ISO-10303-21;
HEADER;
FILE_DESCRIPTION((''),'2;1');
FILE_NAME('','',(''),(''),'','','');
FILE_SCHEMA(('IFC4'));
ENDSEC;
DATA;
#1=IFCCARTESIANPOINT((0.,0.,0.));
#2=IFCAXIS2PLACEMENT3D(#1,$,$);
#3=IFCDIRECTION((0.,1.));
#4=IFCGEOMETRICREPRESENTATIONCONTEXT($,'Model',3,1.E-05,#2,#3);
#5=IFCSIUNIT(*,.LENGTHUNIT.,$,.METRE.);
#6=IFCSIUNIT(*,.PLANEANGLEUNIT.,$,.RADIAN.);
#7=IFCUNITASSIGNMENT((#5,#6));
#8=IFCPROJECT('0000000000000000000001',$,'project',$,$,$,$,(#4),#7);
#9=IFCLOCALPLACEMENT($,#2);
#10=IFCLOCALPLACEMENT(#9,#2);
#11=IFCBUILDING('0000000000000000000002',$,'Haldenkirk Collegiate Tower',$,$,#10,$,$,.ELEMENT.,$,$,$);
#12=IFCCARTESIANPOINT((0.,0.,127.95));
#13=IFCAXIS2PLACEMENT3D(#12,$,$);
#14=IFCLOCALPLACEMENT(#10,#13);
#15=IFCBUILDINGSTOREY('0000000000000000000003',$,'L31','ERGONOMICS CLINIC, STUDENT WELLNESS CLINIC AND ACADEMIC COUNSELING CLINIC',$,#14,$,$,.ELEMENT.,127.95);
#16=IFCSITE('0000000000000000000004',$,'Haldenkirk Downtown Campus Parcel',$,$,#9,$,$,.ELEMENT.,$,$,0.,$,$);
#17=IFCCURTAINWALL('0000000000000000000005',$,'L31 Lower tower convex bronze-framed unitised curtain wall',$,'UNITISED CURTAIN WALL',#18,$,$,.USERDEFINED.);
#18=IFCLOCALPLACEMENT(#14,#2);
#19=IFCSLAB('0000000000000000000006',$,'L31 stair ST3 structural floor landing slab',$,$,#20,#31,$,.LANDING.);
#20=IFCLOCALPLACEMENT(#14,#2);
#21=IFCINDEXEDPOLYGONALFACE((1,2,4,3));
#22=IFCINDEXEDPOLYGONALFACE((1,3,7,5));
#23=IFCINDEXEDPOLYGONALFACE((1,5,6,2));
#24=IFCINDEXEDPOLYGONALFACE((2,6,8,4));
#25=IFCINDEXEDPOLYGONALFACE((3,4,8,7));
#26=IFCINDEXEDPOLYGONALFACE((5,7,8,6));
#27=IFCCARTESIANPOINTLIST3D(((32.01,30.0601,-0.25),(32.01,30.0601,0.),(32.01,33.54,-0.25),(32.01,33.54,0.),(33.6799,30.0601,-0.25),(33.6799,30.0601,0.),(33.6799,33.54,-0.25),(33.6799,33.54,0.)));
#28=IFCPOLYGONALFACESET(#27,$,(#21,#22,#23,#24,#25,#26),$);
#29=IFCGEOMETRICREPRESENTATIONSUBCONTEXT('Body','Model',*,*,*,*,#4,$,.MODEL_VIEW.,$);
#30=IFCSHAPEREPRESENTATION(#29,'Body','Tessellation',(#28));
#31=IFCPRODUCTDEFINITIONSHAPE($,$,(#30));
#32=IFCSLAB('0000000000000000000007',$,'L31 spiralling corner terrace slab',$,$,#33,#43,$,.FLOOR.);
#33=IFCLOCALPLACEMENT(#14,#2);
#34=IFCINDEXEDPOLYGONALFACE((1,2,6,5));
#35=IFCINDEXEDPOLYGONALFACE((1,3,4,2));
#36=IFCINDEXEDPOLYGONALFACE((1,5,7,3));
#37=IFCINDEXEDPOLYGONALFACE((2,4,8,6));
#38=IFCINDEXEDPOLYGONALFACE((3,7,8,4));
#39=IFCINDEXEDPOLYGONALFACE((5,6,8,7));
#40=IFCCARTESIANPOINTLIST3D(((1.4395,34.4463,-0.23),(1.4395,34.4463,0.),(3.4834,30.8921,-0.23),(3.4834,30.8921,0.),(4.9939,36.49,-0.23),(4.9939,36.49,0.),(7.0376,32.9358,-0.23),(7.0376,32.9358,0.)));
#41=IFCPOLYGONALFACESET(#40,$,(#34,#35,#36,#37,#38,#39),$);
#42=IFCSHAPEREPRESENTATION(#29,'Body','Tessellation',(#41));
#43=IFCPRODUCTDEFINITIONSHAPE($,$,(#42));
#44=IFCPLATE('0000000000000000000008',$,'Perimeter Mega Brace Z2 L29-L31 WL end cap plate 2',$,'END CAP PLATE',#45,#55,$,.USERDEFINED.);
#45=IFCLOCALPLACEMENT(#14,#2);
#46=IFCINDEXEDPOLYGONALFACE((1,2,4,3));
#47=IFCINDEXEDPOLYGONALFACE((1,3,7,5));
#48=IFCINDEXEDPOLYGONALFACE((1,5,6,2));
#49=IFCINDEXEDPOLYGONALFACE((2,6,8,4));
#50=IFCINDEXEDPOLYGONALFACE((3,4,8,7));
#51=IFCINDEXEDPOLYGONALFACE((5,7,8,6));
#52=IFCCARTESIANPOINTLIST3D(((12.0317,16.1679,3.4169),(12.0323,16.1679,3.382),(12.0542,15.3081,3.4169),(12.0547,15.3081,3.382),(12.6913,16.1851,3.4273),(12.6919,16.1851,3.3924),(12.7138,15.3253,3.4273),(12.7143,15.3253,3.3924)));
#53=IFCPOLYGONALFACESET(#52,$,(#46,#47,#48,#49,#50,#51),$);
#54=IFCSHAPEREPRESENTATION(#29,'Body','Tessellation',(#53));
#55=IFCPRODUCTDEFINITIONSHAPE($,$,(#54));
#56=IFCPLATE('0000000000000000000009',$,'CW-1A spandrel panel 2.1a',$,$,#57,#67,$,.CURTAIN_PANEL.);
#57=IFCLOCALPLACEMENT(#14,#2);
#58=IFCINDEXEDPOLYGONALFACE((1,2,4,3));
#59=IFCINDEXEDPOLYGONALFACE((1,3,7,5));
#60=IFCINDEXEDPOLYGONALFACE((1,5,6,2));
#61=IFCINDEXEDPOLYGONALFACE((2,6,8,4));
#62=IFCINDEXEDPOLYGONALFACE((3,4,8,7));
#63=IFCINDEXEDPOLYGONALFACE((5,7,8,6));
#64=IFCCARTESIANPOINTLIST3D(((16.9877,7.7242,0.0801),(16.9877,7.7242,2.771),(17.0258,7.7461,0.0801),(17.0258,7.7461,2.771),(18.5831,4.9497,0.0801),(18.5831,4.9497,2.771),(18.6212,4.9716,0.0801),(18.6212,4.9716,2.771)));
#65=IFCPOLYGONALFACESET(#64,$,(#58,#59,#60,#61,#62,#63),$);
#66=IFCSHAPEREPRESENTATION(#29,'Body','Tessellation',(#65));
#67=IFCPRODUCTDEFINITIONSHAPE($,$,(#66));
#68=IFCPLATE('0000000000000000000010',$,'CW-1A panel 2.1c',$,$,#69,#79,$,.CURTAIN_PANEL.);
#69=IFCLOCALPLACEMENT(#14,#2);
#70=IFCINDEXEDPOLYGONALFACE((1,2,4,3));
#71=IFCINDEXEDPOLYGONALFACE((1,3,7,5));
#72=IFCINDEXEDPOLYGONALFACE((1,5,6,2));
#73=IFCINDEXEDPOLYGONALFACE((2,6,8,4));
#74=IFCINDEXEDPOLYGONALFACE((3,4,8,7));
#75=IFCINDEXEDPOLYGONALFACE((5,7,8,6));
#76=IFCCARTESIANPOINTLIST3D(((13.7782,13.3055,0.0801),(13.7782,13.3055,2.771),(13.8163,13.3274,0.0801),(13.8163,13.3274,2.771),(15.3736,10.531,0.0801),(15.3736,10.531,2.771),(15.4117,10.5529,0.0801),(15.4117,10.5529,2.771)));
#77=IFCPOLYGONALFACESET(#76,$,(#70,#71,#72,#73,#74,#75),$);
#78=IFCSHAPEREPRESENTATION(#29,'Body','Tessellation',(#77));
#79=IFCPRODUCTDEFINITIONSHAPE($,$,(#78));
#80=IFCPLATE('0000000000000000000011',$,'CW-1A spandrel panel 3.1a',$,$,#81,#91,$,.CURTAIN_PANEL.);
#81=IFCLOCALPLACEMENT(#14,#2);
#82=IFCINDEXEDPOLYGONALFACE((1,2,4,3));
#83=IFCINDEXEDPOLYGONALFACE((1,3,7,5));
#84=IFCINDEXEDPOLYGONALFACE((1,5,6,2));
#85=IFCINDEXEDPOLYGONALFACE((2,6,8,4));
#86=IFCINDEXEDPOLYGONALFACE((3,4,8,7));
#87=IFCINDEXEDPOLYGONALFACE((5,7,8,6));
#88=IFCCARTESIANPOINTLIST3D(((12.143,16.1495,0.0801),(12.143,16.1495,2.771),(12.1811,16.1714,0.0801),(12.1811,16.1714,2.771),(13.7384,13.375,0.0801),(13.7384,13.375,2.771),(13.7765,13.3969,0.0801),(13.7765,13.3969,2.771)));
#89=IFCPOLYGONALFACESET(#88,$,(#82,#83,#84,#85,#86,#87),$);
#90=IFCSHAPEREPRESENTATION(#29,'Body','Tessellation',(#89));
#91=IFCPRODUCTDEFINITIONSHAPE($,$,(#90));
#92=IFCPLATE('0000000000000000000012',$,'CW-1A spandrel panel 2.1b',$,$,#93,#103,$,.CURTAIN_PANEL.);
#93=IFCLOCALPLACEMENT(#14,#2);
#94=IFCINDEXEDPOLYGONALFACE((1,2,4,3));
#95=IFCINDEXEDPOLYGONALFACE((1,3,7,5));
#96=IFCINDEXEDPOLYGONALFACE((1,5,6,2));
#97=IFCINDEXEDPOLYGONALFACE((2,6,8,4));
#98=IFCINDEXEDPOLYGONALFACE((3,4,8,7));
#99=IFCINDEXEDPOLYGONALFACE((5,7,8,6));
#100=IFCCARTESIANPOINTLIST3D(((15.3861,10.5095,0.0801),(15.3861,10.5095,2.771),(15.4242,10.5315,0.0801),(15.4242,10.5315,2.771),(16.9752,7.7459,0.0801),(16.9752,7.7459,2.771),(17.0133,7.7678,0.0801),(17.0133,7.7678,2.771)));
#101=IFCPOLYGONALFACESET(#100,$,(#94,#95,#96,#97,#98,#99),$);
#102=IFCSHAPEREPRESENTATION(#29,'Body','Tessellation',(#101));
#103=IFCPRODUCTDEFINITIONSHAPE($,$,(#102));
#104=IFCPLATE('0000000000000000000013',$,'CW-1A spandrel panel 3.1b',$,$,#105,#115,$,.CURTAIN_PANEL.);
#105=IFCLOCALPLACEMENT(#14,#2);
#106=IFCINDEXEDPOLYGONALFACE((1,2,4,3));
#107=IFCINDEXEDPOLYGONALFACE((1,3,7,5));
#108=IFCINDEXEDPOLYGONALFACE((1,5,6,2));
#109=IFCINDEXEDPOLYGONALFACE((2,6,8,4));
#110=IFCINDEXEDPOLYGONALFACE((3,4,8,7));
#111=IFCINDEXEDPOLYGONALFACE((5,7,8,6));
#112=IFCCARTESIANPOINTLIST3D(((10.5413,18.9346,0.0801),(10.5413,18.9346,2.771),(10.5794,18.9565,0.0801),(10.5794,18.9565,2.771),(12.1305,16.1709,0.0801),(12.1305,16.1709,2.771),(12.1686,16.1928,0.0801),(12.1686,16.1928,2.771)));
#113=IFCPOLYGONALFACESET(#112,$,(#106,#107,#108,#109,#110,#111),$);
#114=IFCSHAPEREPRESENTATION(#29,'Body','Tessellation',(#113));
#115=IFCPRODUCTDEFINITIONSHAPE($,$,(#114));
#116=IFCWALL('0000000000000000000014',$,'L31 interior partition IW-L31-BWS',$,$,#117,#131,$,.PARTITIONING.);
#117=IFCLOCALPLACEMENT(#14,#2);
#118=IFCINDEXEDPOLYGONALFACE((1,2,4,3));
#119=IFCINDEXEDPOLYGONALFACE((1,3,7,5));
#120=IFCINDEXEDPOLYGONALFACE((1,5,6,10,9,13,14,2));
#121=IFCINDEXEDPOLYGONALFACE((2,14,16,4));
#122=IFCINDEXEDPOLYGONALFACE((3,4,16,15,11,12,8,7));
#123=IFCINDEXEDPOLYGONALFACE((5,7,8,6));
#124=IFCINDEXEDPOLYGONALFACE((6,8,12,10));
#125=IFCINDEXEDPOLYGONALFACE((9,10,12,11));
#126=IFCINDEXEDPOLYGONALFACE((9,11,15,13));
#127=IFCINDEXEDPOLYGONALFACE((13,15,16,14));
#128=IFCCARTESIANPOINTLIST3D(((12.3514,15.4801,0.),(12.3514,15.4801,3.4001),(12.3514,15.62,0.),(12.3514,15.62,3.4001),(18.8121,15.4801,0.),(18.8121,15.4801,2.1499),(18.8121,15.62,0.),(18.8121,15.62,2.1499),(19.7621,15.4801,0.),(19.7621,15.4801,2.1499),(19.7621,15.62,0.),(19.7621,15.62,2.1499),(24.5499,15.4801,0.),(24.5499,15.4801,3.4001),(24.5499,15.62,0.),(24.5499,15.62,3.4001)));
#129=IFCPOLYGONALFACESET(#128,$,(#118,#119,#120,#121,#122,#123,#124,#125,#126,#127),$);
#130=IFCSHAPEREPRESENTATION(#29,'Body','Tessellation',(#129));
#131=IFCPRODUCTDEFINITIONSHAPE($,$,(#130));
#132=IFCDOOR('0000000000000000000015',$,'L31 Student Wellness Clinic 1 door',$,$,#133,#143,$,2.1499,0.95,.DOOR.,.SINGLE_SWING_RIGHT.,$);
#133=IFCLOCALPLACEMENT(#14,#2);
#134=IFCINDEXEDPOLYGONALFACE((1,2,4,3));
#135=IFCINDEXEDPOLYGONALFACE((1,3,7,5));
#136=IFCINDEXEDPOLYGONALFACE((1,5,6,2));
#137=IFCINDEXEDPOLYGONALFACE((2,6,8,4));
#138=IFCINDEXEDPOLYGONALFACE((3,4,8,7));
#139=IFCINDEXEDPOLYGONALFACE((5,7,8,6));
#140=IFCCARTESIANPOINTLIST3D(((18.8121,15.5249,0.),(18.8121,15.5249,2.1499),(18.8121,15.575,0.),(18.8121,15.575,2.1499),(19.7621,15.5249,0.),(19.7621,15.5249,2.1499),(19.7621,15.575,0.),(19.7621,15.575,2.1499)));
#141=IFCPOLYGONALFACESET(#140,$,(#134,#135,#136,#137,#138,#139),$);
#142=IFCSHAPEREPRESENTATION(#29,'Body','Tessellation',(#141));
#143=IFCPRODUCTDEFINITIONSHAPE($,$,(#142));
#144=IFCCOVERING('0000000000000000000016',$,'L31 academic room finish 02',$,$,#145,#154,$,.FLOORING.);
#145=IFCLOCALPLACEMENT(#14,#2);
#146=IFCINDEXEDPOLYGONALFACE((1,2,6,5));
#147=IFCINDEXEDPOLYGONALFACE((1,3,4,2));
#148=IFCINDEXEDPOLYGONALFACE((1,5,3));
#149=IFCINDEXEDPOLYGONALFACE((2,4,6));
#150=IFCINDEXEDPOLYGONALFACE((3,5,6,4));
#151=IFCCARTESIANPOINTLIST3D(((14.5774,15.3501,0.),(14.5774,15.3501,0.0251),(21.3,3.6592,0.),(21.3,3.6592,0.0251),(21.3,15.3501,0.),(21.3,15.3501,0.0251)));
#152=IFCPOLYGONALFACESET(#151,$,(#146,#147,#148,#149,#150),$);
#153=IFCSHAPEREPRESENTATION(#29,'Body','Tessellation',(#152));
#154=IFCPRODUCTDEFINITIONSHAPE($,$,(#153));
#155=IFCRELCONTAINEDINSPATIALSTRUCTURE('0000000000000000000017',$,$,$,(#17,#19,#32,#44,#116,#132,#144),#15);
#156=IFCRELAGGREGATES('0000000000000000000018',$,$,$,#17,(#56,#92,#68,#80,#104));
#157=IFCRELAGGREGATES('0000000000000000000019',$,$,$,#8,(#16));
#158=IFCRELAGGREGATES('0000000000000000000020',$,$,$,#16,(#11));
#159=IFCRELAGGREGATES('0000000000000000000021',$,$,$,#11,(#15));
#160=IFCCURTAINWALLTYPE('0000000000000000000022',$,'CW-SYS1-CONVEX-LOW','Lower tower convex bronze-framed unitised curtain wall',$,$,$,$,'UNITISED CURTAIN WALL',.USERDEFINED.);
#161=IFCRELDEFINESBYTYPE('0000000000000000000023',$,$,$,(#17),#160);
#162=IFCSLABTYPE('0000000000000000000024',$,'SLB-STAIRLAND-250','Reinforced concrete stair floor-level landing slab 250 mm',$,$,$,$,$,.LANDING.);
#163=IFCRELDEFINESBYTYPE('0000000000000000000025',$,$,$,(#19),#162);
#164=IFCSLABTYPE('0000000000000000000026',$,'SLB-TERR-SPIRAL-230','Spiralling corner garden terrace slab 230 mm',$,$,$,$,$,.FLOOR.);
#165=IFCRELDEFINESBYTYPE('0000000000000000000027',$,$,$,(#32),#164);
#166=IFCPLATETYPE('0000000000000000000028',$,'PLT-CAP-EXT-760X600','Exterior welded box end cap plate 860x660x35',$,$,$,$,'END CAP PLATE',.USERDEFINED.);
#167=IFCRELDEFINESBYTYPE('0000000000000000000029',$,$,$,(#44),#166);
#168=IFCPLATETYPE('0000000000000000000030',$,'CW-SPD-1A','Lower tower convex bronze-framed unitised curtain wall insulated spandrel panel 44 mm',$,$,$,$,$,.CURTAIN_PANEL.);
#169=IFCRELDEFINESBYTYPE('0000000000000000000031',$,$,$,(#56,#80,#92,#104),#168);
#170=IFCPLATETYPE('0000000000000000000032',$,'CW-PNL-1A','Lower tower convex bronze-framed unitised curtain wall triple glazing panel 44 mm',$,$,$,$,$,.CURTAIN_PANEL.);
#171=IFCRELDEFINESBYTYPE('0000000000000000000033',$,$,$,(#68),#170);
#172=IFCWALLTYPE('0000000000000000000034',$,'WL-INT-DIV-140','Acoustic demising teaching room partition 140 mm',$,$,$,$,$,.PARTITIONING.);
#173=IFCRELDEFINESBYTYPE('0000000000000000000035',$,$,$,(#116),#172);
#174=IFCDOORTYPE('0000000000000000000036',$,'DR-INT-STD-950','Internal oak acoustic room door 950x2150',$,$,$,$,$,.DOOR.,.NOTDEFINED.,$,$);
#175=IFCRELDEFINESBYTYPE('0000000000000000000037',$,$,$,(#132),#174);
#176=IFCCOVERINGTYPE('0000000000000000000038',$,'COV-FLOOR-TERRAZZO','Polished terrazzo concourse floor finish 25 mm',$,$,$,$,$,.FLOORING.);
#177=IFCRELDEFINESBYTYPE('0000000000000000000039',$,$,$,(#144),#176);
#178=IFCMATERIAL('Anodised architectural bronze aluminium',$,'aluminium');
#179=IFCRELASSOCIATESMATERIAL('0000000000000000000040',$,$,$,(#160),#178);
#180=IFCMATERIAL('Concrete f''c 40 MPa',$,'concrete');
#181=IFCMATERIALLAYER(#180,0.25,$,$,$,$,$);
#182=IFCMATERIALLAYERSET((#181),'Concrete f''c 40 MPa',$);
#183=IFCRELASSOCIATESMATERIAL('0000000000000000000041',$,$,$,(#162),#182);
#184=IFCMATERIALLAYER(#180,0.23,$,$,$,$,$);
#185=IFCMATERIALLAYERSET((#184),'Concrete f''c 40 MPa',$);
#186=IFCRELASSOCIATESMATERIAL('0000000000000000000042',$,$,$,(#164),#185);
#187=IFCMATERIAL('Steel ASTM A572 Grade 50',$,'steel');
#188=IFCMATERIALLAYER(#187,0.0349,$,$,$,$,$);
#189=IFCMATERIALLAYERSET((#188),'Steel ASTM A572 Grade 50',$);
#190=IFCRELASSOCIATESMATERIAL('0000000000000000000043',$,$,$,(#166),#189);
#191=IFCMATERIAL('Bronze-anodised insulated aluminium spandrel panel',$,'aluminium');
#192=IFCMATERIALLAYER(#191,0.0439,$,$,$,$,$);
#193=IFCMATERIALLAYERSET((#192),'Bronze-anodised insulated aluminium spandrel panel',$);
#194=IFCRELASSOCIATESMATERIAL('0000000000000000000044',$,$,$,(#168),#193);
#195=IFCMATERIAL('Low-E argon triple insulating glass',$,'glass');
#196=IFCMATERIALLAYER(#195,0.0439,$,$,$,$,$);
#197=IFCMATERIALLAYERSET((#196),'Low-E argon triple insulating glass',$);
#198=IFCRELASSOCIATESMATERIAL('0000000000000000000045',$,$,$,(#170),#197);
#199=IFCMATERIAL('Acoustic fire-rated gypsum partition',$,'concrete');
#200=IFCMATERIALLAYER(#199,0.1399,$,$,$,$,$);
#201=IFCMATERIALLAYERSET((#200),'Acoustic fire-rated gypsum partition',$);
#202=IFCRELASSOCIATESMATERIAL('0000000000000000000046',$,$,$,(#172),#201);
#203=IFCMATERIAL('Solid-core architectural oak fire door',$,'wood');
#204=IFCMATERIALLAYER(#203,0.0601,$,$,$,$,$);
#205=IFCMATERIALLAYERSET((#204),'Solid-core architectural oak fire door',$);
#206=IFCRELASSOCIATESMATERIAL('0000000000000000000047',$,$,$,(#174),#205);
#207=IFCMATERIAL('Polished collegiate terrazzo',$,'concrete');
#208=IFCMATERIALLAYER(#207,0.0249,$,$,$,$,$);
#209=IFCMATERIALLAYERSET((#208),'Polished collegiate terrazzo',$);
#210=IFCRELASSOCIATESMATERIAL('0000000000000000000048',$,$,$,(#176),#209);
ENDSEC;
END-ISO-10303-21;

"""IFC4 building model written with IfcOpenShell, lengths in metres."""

from ifc_helpers import new_model, si_unit, direction, frame, frame_2d, origin, origin_2d, place, context, subcontext, project, spatial, polyline, rectangle, outline, extrude, source, transform, mapped, material, layer, layer_set, type_object, element, fill, aggregate, save


model = new_model("IFC4")

# Units and contexts
model_context = context("Model", 3, precision=1e-05, world=origin(), true_north=direction((0.0, 1.0)))
body_context = subcontext(model_context, "Body", "Model", "MODEL_VIEW")
ifc_project = project(units=[si_unit("LENGTHUNIT", "METRE"), si_unit("PLANEANGLEUNIT", "RADIAN")], contexts=[model_context])

# Site, building, storey
site_placement = place(None, origin())
site = spatial("IfcSite", under=ifc_project, at=site_placement, Name="Haldenkirk Downtown Campus Parcel", CompositionType="ELEMENT", RefElevation=0.0)
building_placement = place(site_placement, origin())
building = spatial("IfcBuilding", under=site, at=building_placement, Name="Haldenkirk Collegiate Tower", CompositionType="ELEMENT")
storey_placement = place(building_placement, frame((0.0, 0.0, 127.95)))
storey = spatial("IfcBuildingStorey", under=building, at=storey_placement, Name="L31", Description="ERGONOMICS CLINIC, STUDENT WELLNESS CLINIC AND ACADEMIC COUNSELING CLINIC", CompositionType="ELEMENT", Elevation=127.95)

# Curtain wall
ifc_material_1 = material(Name="Anodised architectural bronze aluminium", Category="aluminium")
curtain_wall_type = type_object("IfcCurtainWallType", Name="CW-SYS1-CONVEX-LOW", Description="Lower tower convex bronze-framed unitised curtain wall", ElementType="UNITISED CURTAIN WALL", PredefinedType="USERDEFINED", material=ifc_material_1)
curtain_wall_placement = place(storey_placement, origin())
curtain_wall = element("IfcCurtainWall", 1, at=curtain_wall_placement, inside=storey, type_object=curtain_wall_type, Name="L31 Lower tower convex bronze-framed unitised curtain wall", ObjectType="UNITISED CURTAIN WALL", PredefinedType="USERDEFINED")

# Shared definitions
ifc_material_2 = material(Name="Concrete f'c 40 MPa", Category="concrete")

# Slabs
ifc_layer_1 = layer(ifc_material_2, 0.25)
ifc_layer_set_1 = layer_set([ifc_layer_1], Name="Concrete f'c 40 MPa")
slab_type_1 = type_object("IfcSlabType", Name="SLB-STAIRLAND-250", Description="Reinforced concrete stair floor-level landing slab 250 mm", PredefinedType="LANDING", material=ifc_layer_set_1)
slab_1_placement = place(storey_placement, frame((0.0, 0.0, -0.25)))
element("IfcSlab", 2, at=slab_1_placement, inside=storey, type_object=slab_type_1, Name="L31 stair ST3 structural floor landing slab", PredefinedType="LANDING", context=body_context, shape_type="SweptSolid", body=[
    extrude(outline(polyline([(32.01, 30.0601), (33.6799, 30.0601), (33.6799, 33.54), (32.01, 33.54), (32.01, 30.0601)])), origin(), (0.0, 0.0, 1.0), 0.25),
])
ifc_layer_2 = layer(ifc_material_2, 0.23)
ifc_layer_set_2 = layer_set([ifc_layer_2], Name="Concrete f'c 40 MPa")
slab_type_2 = type_object("IfcSlabType", Name="SLB-TERR-SPIRAL-230", Description="Spiralling corner garden terrace slab 230 mm", PredefinedType="FLOOR", material=ifc_layer_set_2)
slab_2_placement = place(storey_placement, frame((0.0, 0.0, -0.23)))
element("IfcSlab", 3, at=slab_2_placement, inside=storey, type_object=slab_type_2, Name="L31 spiralling corner terrace slab", PredefinedType="FLOOR", context=body_context, shape_type="SweptSolid", body=[
    extrude(outline(polyline([(3.4834, 30.8921), (7.0376, 32.9358), (4.9939, 36.49), (1.4395, 34.4463), (3.4834, 30.8921)])), origin(), (0.0, 0.0, 1.0), 0.23),
])

# Plates
ifc_material_3 = material(Name="Steel ASTM A572 Grade 50", Category="steel")
ifc_layer_3 = layer(ifc_material_3, 0.0349)
ifc_layer_set_3 = layer_set([ifc_layer_3], Name="Steel ASTM A572 Grade 50")
plate_type_1 = type_object("IfcPlateType", Name="PLT-CAP-EXT-760X600", Description="Exterior welded box end cap plate 860x660x35", ElementType="END CAP PLATE", PredefinedType="USERDEFINED", material=ifc_layer_set_3)
shared_shape_1 = source(origin(), body_context, "Body", "SweptSolid", [
    extrude(rectangle(XDim=0.8601, YDim=0.6599, at=origin_2d()), origin(), (0.0, 0.0, 1.0), 0.0349),
])
plate_1_placement = place(storey_placement, frame((12.3733, 15.7466, 3.3872), z_axis=(-0.015739, -0.000411, 0.999876), x_axis=(0.026083, -0.99966, 0.0)))
element("IfcPlate", 4, at=plate_1_placement, inside=storey, type_object=plate_type_1, Name="Perimeter Mega Brace Z2 L29-L31 WL end cap plate 2", ObjectType="END CAP PLATE", PredefinedType="USERDEFINED", context=body_context, shape_type="MappedRepresentation", body=[
    mapped(shared_shape_1, transform((0.0, 0.0, 0.0), x_axis=(1.0, 0.0, 0.0), y_axis=(0.0, 1.0, 0.0), z_axis=(0.0, 0.0, 1.0), scale=1.0)),
])
ifc_material_4 = material(Name="Bronze-anodised insulated aluminium spandrel panel", Category="aluminium")
ifc_layer_4 = layer(ifc_material_4, 0.0439)
ifc_layer_set_4 = layer_set([ifc_layer_4], Name="Bronze-anodised insulated aluminium spandrel panel")
plate_type_2 = type_object("IfcPlateType", Name="CW-SPD-1A", Description="Lower tower convex bronze-framed unitised curtain wall insulated spandrel panel 44 mm", PredefinedType="CURTAIN_PANEL", material=ifc_layer_set_4)
shared_shape_2 = source(origin(), body_context, "Body", "SweptSolid", [
    extrude(rectangle(XDim=3.2004, YDim=0.0439, at=origin_2d()), origin(), (0.0, 0.0, 1.0), 2.6909),
])
plate_2_placement = place(storey_placement, frame((17.8044, 6.3479, 0.0801), z_axis=(0.0, 0.0, 1.0), x_axis=(-0.49849, 0.866896, 0.0)))
plate_2 = element("IfcPlate", 5, at=plate_2_placement, type_object=plate_type_2, Name="CW-1A spandrel panel 2.1a", PredefinedType="CURTAIN_PANEL", context=body_context, shape_type="MappedRepresentation", body=[
    mapped(shared_shape_2, transform((0.0, 0.0, 0.0), x_axis=(1.0, 0.0, 0.0), y_axis=(0.0, 1.0, 0.0), z_axis=(0.0, 0.0, 1.0), scale=1.0)),
])
ifc_material_5 = material(Name="Low-E argon triple insulating glass", Category="glass")
ifc_layer_5 = layer(ifc_material_5, 0.0439)
ifc_layer_set_5 = layer_set([ifc_layer_5], Name="Low-E argon triple insulating glass")
plate_type_3 = type_object("IfcPlateType", Name="CW-PNL-1A", Description="Lower tower convex bronze-framed unitised curtain wall triple glazing panel 44 mm", PredefinedType="CURTAIN_PANEL", material=ifc_layer_set_5)
plate_3_placement = place(storey_placement, frame((14.595, 11.9292, 0.0801), z_axis=(0.0, 0.0, 1.0), x_axis=(-0.49849, 0.866896, 0.0)))
plate_3 = element("IfcPlate", 6, at=plate_3_placement, type_object=plate_type_3, Name="CW-1A panel 2.1c", PredefinedType="CURTAIN_PANEL", context=body_context, shape_type="MappedRepresentation", body=[
    mapped(shared_shape_2, transform((0.0, 0.0, 0.0), x_axis=(1.0, 0.0, 0.0), y_axis=(0.0, 1.0, 0.0), z_axis=(0.0, 0.0, 1.0), scale=1.0)),
])
plate_4_placement = place(storey_placement, frame((12.9597, 14.7732, 0.0801), z_axis=(0.0, 0.0, 1.0), x_axis=(-0.49849, 0.866896, 0.0)))
plate_4 = element("IfcPlate", 7, at=plate_4_placement, type_object=plate_type_2, Name="CW-1A spandrel panel 3.1a", PredefinedType="CURTAIN_PANEL", context=body_context, shape_type="MappedRepresentation", body=[
    mapped(shared_shape_2, transform((0.0, 0.0, 0.0), x_axis=(1.0, 0.0, 0.0), y_axis=(0.0, 1.0, 0.0), z_axis=(0.0, 0.0, 1.0), scale=1.0)),
])
shared_shape_3 = source(origin(), body_context, "Body", "SweptSolid", [
    extrude(rectangle(XDim=3.188, YDim=0.0439, at=origin_2d()), origin(), (0.0, 0.0, 1.0), 2.6909),
])
plate_5_placement = place(storey_placement, frame((16.1997, 9.1387, 0.0801), z_axis=(0.0, 0.0, 1.0), x_axis=(-0.49849, 0.866896, 0.0)))
plate_5 = element("IfcPlate", 8, at=plate_5_placement, type_object=plate_type_2, Name="CW-1A spandrel panel 2.1b", PredefinedType="CURTAIN_PANEL", context=body_context, shape_type="MappedRepresentation", body=[
    mapped(shared_shape_3, transform((0.0, 0.0, 0.0), x_axis=(1.0, 0.0, 0.0), y_axis=(0.0, 1.0, 0.0), z_axis=(0.0, 0.0, 1.0), scale=1.0)),
])
plate_6_placement = place(storey_placement, frame((11.355, 17.5637, 0.0801), z_axis=(0.0, 0.0, 1.0), x_axis=(-0.49849, 0.866896, 0.0)))
plate_6 = element("IfcPlate", 9, at=plate_6_placement, type_object=plate_type_2, Name="CW-1A spandrel panel 3.1b", PredefinedType="CURTAIN_PANEL", context=body_context, shape_type="MappedRepresentation", body=[
    mapped(shared_shape_3, transform((0.0, 0.0, 0.0), x_axis=(1.0, 0.0, 0.0), y_axis=(0.0, 1.0, 0.0), z_axis=(0.0, 0.0, 1.0), scale=1.0)),
])
aggregate(curtain_wall, [plate_2, plate_5, plate_3, plate_4, plate_6])

# Wall, opening, door
ifc_material_6 = material(Name="Acoustic fire-rated gypsum partition", Category="concrete")
ifc_layer_6 = layer(ifc_material_6, 0.1399)
ifc_layer_set_6 = layer_set([ifc_layer_6], Name="Acoustic fire-rated gypsum partition")
wall_type = type_object("IfcWallType", Name="WL-INT-DIV-140", Description="Acoustic demising teaching room partition 140 mm", PredefinedType="PARTITIONING", material=ifc_layer_set_6)
wall_placement = place(storey_placement, frame((12.3516, 15.55, 0.0), z_axis=(0.0, 0.0, 1.0), x_axis=(1.0, 0.0, 0.0)))
wall = element("IfcWall", 10, at=wall_placement, inside=storey, type_object=wall_type, Name="L31 interior partition IW-L31-BWS", PredefinedType="PARTITIONING", context=body_context, shape_type="SweptSolid", body=[
    extrude(rectangle(XDim=12.1985, YDim=0.1399, at=frame_2d((6.0991, 0.0))), origin(), (0.0, 0.0, 1.0), 3.4001),
])
opening_placement = place(wall_placement, frame((6.4604, 0.0, 0.0)))
opening = element("IfcOpeningElement", 11, at=opening_placement, cuts=wall, PredefinedType="OPENING", context=body_context, shape_type="SweptSolid", body=[
    extrude(rectangle(XDim=0.95, YDim=2.1499, at=frame_2d((0.4751, 1.075))), frame((0.0, 0.0798, 0.0), z_axis=(0.0, -1.0, 0.0), x_axis=(1.0, 0.0, 0.0)), (0.0, 0.0, 1.0), 0.1599),
])
ifc_material_7 = material(Name="Solid-core architectural oak fire door", Category="wood")
ifc_layer_7 = layer(ifc_material_7, 0.0601)
ifc_layer_set_7 = layer_set([ifc_layer_7], Name="Solid-core architectural oak fire door")
door_type = type_object("IfcDoorType", Name="DR-INT-STD-950", Description="Internal oak acoustic room door 950x2150", OperationType="NOTDEFINED", PredefinedType="DOOR", material=ifc_layer_set_7)
door_placement = place(opening_placement, origin())
door = element("IfcDoor", 12, at=door_placement, inside=storey, type_object=door_type, Name="L31 Student Wellness Clinic 1 door", OperationType="SINGLE_SWING_RIGHT", OverallHeight=2.1499, OverallWidth=0.95, PredefinedType="DOOR", context=body_context, shape_type="SweptSolid", body=[
    extrude(rectangle(XDim=0.95, YDim=2.1499, at=frame_2d((0.4751, 1.075))), frame((0.0, 0.0249, 0.0), z_axis=(0.0, -1.0, 0.0), x_axis=(1.0, 0.0, 0.0)), (0.0, 0.0, 1.0), 0.05),
])
fill(opening, door)

# Covering
ifc_material_8 = material(Name="Polished collegiate terrazzo", Category="concrete")
ifc_layer_8 = layer(ifc_material_8, 0.0249)
ifc_layer_set_8 = layer_set([ifc_layer_8], Name="Polished collegiate terrazzo")
covering_type_1 = type_object("IfcCoveringType", Name="COV-FLOOR-TERRAZZO", Description="Polished terrazzo concourse floor finish 25 mm", PredefinedType="FLOORING", material=ifc_layer_set_8)
covering_1_placement = place(storey_placement, origin())
element("IfcCovering", 13, at=covering_1_placement, inside=storey, type_object=covering_type_1, Name="L31 academic room finish 02", PredefinedType="FLOORING", context=body_context, shape_type="SweptSolid", body=[
    extrude(outline(polyline([(14.5774, 15.3501), (21.3, 15.3501), (21.3, 3.6592), (14.5774, 15.3501)])), origin(), (0.0, 0.0, 1.0), 0.0251),
])

save(model, "model.ifc")
